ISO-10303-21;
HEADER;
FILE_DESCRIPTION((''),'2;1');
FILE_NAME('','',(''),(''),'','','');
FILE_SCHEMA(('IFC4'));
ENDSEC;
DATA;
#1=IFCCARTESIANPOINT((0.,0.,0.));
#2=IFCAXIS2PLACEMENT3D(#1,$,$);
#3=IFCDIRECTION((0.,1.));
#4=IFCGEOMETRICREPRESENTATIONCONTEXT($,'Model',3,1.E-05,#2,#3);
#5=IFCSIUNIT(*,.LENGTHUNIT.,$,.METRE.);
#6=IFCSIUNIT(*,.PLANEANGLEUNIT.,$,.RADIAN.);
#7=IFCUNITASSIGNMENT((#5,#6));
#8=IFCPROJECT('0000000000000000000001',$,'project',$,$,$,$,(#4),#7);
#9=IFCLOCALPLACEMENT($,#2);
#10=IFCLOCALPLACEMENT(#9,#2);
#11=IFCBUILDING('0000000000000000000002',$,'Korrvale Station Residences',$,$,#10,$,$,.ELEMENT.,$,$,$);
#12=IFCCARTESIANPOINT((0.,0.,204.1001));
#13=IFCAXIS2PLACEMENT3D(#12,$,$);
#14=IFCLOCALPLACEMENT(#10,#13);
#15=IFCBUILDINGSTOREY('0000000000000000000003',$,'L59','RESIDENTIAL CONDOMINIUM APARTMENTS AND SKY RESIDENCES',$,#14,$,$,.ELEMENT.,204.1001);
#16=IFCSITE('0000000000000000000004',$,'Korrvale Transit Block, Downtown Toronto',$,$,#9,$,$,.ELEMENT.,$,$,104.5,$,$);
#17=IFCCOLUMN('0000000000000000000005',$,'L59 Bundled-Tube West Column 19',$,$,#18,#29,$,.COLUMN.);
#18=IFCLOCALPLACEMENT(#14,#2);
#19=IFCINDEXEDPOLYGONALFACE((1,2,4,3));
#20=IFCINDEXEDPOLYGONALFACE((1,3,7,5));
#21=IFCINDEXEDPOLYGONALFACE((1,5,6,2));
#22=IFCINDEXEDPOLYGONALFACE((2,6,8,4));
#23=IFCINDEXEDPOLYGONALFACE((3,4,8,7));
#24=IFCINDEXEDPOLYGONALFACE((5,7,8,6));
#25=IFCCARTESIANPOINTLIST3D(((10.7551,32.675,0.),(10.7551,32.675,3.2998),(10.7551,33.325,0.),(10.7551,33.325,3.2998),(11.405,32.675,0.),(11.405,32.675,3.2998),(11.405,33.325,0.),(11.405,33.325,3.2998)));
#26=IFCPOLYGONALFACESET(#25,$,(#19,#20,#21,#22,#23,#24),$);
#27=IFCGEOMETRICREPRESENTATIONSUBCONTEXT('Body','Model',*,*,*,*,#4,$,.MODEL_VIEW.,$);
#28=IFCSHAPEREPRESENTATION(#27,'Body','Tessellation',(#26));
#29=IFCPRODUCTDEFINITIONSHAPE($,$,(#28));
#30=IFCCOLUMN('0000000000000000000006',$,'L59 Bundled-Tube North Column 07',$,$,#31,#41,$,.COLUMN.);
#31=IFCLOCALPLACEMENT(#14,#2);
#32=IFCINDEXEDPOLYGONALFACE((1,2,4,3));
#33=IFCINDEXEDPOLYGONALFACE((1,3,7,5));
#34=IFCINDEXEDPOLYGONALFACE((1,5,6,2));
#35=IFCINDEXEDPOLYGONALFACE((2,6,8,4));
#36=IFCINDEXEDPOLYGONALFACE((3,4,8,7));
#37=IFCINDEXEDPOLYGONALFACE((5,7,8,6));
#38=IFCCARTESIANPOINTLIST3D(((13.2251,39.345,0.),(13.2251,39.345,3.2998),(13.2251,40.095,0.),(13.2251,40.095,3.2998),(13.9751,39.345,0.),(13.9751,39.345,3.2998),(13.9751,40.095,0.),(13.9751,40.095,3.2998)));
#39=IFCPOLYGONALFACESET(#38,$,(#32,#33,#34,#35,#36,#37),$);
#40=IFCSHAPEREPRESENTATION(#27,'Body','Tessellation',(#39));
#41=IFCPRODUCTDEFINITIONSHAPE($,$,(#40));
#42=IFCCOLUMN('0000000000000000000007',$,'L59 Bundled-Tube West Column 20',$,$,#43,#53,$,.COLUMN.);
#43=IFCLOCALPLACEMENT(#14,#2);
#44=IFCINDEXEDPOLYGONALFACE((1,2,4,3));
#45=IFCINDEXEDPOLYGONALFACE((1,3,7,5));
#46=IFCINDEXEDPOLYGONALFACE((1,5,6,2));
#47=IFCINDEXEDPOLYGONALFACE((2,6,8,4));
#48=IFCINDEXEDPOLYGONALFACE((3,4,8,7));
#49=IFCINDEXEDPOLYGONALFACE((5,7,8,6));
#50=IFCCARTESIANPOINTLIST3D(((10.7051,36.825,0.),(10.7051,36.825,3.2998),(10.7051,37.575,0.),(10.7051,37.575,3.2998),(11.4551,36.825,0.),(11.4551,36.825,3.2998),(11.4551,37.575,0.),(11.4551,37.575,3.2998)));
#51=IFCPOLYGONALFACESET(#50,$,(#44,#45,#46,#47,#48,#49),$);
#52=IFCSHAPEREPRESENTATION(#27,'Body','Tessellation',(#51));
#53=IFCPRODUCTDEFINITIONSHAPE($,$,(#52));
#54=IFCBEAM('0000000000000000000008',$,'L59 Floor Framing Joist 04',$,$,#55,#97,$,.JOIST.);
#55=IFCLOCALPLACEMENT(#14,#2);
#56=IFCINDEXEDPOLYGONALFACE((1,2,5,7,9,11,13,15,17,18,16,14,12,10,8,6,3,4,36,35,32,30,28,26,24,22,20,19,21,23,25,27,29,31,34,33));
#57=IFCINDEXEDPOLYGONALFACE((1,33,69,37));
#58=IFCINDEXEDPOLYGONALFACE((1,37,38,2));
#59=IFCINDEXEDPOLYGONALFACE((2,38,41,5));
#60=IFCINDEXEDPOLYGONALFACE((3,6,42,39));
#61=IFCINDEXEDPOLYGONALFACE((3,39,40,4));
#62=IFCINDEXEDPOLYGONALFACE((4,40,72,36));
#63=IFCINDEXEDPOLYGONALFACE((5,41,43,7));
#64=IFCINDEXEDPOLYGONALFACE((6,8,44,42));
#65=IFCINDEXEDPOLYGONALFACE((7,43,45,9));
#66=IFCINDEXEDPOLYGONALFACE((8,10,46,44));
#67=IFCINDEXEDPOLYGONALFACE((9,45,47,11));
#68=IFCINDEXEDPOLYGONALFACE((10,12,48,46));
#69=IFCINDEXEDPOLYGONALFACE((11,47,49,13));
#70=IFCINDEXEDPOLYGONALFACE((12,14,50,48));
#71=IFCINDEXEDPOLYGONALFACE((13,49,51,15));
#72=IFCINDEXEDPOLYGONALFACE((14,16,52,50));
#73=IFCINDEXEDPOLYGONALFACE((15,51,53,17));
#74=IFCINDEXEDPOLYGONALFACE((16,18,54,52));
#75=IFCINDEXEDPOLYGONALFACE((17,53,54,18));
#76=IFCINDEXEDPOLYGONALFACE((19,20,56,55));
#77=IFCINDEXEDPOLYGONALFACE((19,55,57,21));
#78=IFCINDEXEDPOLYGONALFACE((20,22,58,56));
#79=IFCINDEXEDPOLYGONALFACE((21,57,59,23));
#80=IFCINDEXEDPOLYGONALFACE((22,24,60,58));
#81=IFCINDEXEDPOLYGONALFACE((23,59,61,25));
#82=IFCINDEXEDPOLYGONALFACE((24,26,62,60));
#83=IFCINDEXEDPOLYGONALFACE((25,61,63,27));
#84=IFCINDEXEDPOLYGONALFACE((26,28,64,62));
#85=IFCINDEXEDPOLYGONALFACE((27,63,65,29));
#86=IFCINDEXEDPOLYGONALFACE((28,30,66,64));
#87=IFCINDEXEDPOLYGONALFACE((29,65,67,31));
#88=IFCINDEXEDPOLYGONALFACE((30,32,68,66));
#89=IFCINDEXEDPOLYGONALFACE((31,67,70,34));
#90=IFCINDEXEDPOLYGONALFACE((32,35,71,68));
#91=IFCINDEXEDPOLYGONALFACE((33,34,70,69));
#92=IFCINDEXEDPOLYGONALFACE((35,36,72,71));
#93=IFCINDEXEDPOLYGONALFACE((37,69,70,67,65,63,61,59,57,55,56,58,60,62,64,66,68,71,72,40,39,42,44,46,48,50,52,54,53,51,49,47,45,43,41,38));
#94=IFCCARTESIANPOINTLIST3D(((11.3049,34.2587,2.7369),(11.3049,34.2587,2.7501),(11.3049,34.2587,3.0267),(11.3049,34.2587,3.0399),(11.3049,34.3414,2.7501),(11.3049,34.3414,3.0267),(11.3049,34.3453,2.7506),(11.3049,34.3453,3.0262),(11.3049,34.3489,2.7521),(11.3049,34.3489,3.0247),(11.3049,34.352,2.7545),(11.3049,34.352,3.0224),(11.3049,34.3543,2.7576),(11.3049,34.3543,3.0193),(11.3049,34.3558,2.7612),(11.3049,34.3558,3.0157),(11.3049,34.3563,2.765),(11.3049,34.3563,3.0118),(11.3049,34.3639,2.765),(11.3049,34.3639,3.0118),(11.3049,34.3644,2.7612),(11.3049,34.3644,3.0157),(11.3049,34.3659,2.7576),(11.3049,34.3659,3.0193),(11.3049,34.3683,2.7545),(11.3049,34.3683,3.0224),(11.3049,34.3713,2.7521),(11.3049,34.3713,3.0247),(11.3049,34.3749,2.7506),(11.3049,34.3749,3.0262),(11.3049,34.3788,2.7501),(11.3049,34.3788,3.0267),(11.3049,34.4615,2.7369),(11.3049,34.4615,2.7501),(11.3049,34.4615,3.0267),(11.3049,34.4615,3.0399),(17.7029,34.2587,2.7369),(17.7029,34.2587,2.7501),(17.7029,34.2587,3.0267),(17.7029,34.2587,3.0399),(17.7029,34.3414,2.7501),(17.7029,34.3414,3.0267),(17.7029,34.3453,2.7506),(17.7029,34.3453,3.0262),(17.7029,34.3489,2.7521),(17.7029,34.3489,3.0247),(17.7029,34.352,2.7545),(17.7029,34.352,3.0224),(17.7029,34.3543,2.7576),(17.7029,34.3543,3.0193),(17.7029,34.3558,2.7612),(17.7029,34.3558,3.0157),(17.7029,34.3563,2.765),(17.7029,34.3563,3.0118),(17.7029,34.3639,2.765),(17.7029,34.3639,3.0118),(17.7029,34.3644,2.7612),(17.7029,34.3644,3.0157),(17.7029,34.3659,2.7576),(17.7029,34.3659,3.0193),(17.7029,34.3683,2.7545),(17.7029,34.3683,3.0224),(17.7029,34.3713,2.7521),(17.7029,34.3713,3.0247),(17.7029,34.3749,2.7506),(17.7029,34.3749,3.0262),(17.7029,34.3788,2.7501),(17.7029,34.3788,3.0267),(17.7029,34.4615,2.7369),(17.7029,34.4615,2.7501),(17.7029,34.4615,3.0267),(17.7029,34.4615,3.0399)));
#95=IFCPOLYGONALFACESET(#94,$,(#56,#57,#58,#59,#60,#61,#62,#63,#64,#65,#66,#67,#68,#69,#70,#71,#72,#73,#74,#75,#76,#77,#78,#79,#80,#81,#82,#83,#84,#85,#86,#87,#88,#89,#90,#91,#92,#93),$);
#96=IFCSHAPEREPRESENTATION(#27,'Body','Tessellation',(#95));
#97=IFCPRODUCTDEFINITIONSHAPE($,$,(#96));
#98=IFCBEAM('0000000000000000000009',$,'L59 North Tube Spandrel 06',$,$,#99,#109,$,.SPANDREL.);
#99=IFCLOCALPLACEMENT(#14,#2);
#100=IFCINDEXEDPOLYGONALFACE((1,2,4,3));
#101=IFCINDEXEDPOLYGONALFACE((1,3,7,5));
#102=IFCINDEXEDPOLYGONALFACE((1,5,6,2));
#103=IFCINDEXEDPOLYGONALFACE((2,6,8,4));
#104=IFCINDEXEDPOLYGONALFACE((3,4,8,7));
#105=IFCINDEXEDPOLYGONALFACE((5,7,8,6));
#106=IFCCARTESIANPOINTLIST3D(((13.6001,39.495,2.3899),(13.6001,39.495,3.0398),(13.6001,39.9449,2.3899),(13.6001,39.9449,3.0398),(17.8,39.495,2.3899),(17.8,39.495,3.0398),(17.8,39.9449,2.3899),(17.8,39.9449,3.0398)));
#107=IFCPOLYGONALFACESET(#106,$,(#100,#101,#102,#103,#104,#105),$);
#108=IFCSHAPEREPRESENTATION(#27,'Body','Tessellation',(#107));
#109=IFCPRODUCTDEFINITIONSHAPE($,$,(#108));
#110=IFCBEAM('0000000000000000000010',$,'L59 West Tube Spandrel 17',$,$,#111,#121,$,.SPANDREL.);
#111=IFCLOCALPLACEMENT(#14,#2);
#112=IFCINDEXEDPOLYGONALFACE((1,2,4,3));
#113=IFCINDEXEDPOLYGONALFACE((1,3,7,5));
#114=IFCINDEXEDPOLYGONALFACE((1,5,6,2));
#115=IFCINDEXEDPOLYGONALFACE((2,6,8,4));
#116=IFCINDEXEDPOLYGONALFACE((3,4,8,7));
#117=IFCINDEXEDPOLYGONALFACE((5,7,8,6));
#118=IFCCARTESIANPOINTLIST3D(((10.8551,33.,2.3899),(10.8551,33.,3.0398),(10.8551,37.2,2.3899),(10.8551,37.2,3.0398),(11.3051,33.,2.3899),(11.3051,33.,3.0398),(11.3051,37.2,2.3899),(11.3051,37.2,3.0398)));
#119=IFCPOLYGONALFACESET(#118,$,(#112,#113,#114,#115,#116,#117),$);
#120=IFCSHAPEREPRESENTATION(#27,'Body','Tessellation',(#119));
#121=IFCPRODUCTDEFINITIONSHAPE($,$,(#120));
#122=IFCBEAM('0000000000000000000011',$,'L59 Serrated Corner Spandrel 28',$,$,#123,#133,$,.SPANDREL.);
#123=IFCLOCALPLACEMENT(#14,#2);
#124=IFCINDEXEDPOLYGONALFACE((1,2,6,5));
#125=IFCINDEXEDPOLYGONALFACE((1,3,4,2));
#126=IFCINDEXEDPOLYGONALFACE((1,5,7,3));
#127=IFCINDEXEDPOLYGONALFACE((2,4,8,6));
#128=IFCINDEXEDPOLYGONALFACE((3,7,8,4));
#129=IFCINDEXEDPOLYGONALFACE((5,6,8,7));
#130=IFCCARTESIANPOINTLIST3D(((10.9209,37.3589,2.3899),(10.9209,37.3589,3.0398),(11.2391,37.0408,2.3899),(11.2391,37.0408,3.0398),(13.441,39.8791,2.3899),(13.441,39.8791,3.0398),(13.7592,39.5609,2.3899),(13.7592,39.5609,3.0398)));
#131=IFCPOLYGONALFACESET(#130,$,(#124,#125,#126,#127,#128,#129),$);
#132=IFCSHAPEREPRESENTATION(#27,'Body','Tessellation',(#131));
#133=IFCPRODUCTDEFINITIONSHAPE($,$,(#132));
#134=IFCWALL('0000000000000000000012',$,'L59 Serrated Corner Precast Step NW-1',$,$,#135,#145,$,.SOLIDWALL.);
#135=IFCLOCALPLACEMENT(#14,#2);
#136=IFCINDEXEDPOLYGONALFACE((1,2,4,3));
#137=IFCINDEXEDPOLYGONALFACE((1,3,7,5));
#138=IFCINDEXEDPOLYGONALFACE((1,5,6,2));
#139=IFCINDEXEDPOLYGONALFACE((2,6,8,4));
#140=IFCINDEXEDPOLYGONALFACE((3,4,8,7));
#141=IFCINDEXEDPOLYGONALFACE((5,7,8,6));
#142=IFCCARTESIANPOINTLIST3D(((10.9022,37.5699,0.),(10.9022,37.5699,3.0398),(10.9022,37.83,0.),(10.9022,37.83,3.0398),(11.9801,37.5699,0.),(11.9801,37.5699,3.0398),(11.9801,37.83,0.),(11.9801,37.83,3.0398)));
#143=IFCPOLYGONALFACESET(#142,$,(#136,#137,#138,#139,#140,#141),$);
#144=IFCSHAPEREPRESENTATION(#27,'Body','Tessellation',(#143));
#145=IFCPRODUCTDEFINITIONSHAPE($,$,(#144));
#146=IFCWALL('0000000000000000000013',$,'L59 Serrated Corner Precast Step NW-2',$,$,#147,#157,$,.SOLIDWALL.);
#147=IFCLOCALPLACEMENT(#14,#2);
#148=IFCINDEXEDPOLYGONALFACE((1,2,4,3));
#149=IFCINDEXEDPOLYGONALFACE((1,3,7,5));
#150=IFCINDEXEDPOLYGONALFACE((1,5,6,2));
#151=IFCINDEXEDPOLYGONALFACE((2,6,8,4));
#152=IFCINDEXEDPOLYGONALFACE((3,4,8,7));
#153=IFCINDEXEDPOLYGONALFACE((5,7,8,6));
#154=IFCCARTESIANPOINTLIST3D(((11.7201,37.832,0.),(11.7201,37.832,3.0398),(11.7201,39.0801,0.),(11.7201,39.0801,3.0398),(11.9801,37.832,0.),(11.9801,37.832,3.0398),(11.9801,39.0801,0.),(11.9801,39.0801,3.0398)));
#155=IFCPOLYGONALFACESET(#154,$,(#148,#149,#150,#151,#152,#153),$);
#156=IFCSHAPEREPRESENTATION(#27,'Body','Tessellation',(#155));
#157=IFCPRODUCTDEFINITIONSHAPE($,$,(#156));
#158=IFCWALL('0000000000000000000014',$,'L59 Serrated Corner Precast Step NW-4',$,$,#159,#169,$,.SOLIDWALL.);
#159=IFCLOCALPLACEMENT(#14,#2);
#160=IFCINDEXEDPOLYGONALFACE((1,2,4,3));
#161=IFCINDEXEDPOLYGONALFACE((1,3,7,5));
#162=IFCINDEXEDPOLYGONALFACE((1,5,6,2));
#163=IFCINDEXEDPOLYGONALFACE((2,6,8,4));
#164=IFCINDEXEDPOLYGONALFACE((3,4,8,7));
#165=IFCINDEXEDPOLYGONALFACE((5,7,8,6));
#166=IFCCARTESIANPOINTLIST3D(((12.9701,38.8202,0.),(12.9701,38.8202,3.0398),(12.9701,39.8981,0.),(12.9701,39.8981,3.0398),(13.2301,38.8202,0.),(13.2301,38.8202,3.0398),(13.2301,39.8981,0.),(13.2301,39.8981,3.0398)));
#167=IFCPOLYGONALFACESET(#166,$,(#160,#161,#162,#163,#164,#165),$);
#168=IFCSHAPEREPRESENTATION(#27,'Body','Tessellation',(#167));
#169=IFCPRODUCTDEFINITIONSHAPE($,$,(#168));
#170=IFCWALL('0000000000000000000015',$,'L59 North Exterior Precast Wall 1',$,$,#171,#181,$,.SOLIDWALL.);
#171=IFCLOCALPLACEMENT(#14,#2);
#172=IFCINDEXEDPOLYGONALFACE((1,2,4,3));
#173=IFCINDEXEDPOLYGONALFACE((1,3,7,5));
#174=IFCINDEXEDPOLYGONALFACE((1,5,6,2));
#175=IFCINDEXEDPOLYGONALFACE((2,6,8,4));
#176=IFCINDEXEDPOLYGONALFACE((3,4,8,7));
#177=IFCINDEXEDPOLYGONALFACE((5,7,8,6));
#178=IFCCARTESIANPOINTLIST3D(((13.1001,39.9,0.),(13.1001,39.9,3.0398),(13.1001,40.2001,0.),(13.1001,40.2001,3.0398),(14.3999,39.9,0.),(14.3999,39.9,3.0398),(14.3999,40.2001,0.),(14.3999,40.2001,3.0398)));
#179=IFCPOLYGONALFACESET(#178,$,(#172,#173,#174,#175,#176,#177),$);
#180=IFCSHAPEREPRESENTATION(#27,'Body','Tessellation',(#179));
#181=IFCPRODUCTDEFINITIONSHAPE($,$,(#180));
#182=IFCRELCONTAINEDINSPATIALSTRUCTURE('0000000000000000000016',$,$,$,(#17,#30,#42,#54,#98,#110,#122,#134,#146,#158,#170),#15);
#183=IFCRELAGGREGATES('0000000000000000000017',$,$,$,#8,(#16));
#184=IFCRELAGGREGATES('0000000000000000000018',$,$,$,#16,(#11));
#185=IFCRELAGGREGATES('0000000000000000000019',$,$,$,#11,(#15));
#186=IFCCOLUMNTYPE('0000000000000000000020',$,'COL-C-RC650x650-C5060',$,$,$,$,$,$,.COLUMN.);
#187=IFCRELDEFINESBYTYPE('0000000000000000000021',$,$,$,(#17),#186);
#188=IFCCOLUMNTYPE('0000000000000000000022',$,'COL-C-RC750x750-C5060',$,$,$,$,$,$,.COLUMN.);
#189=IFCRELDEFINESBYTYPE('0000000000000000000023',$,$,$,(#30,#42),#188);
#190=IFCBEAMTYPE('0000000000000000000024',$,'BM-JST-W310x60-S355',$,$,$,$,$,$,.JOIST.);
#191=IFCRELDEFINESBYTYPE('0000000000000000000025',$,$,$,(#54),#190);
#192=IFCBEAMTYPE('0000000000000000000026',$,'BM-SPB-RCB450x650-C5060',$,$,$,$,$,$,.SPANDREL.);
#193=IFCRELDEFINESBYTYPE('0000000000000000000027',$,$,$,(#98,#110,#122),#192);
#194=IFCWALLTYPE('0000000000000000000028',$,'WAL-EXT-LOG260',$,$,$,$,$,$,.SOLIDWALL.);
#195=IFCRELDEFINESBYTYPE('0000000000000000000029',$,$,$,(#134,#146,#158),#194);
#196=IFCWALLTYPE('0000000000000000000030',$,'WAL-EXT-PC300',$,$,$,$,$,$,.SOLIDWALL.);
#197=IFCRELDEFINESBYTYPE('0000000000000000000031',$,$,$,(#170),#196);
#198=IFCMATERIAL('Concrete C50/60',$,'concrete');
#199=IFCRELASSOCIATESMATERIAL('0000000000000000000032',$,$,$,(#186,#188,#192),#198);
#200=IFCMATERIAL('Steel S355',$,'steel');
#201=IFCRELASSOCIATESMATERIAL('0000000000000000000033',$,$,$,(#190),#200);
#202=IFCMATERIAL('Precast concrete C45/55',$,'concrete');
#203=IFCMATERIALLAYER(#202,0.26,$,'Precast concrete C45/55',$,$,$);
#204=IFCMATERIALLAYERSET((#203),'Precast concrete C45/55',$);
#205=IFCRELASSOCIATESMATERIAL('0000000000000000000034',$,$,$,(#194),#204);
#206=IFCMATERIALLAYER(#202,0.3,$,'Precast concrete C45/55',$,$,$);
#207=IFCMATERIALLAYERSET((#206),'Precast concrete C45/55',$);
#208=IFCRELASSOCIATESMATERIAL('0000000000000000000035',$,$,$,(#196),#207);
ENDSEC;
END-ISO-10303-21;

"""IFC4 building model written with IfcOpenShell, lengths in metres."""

from ifc_helpers import new_model, si_unit, direction, frame, frame_2d, origin, origin_2d, place, context, subcontext, project, spatial, rectangle, i_section, extrude, material, layer, layer_set, material_profile, profile_set, type_object, element, save


model = new_model("IFC4")

# Units and contexts
model_context = context("Model", 3, precision=1e-05, world=origin(), true_north=direction((0.0, 1.0)))
body_context = subcontext(model_context, "Body", "Model", "MODEL_VIEW")
ifc_project = project(units=[si_unit("LENGTHUNIT", "METRE"), si_unit("PLANEANGLEUNIT", "RADIAN")], contexts=[model_context])

# Site, building, storey
site_placement = place(None, origin())
site = spatial("IfcSite", under=ifc_project, at=site_placement, Name="Korrvale Transit Block, Downtown Toronto", CompositionType="ELEMENT", RefElevation=104.5)
building_placement = place(site_placement, origin())
building = spatial("IfcBuilding", under=site, at=building_placement, Name="Korrvale Station Residences", CompositionType="ELEMENT")
storey_placement = place(building_placement, frame((0.0, 0.0, 204.1001)))
storey = spatial("IfcBuildingStorey", under=building, at=storey_placement, Name="L59", Description="RESIDENTIAL CONDOMINIUM APARTMENTS AND SKY RESIDENCES", CompositionType="ELEMENT", Elevation=204.1001)

# Columns
ifc_material_1 = material(Name="Concrete C50/60", Category="concrete")
ifc_material_profile_1 = material_profile(ifc_material_1, rectangle(XDim=0.6499, YDim=0.6499, at=origin_2d()), Name="RC650x650")
ifc_profile_set_1 = profile_set([ifc_material_profile_1], Name="Concrete C50/60")
column_type_1 = type_object("IfcColumnType", Name="COL-C-RC650x650-C5060", PredefinedType="COLUMN", material=ifc_profile_set_1)
column_placement = place(storey_placement, frame((11.0801, 33.0, 0.0), z_axis=(0.0, 0.0, 1.0), x_axis=(1.0, 0.0, 0.0)))
element("IfcColumn", 1, at=column_placement, inside=storey, type_object=column_type_1, Name="L59 Bundled-Tube West Column 19", PredefinedType="COLUMN", context=body_context, shape_type="SweptSolid", body=[
    extrude(rectangle(XDim=0.6499, YDim=0.6499, at=origin_2d()), origin(), (0.0, 0.0, 1.0), 3.2998),
])
ifc_material_profile_2 = material_profile(ifc_material_1, rectangle(XDim=0.75, YDim=0.75, at=origin_2d()), Name="RC750x750")
ifc_profile_set_2 = profile_set([ifc_material_profile_2], Name="Concrete C50/60")
column_type_2 = type_object("IfcColumnType", Name="COL-C-RC750x750-C5060", PredefinedType="COLUMN", material=ifc_profile_set_2)
for number, where, z_axis, x_axis, name in (
    (2, (13.6001, 39.72, 0.0), (0.0, 0.0, 1.0), (1.0, 0.0, 0.0), "L59 Bundled-Tube North Column 07"),
    (3, (11.0801, 37.2, 0.0), (0.0, 0.0, 1.0), (1.0, 0.0, 0.0), "L59 Bundled-Tube West Column 20"),
):
    element("IfcColumn", number, at=place(storey_placement, frame(where, z_axis=z_axis, x_axis=x_axis)), inside=storey, type_object=column_type_2, Name=name, PredefinedType="COLUMN", context=body_context, shape_type="SweptSolid", body=[
        extrude(rectangle(XDim=0.75, YDim=0.75, at=origin_2d()), origin(), (0.0, 0.0, 1.0), 3.2998),
    ])

# Beams
ifc_material_2 = material(Name="Steel S355", Category="steel")
ifc_material_profile_3 = material_profile(ifc_material_2, i_section(OverallWidth=0.2029, OverallDepth=0.303, WebThickness=0.0076, FlangeThickness=0.0132, FilletRadius=0.0149, at=origin_2d()), Name="W310x60")
ifc_profile_set_3 = profile_set([ifc_material_profile_3], Name="Steel S355")
beam_type_1 = type_object("IfcBeamType", Name="BM-JST-W310x60-S355", PredefinedType="JOIST", material=ifc_profile_set_3)
beam_1_placement = place(storey_placement, frame((11.3049, 34.3601, 2.8884), z_axis=(1.0, 0.0, 0.0), x_axis=(0.0, 1.0, 0.0)))
element("IfcBeam", 4, at=beam_1_placement, inside=storey, type_object=beam_type_1, Name="L59 Floor Framing Joist 04", PredefinedType="JOIST", context=body_context, shape_type="SweptSolid", body=[
    extrude(i_section(OverallWidth=0.2029, OverallDepth=0.303, WebThickness=0.0076, FlangeThickness=0.0132, FilletRadius=0.0149, at=origin_2d()), origin(), (0.0, 0.0, 1.0), 6.3979),
])
ifc_material_profile_4 = material_profile(ifc_material_1, rectangle(XDim=0.45, YDim=0.6499, at=origin_2d()), Name="RCB450x650")
ifc_profile_set_4 = profile_set([ifc_material_profile_4], Name="Concrete C50/60")
beam_type_2 = type_object("IfcBeamType", Name="BM-SPB-RCB450x650-C5060", PredefinedType="SPANDREL", material=ifc_profile_set_4)
for number, where, z_axis, x_axis, name in (
    (5, (13.6001, 39.72, 2.7148), (1.0, 0.0, 0.0), (0.0, 1.0, 0.0), "L59 North Tube Spandrel 06"),
    (6, (11.0801, 33.0, 2.7148), (0.0, 1.0, 0.0), (-1.0, 0.0, 0.0), "L59 West Tube Spandrel 17"),
):
    element("IfcBeam", number, at=place(storey_placement, frame(where, z_axis=z_axis, x_axis=x_axis)), inside=storey, type_object=beam_type_2, Name=name, PredefinedType="SPANDREL", context=body_context, shape_type="SweptSolid", body=[
        extrude(rectangle(XDim=0.45, YDim=0.6499, at=origin_2d()), origin(), (0.0, 0.0, 1.0), 4.2),
    ])
beam_2_placement = place(storey_placement, frame((13.6001, 39.72, 2.7148), z_axis=(-0.707107, -0.707107, 0.0), x_axis=(0.707107, -0.707107, 0.0)))
element("IfcBeam", 7, at=beam_2_placement, inside=storey, type_object=beam_type_2, Name="L59 Serrated Corner Spandrel 28", PredefinedType="SPANDREL", context=body_context, shape_type="SweptSolid", body=[
    extrude(rectangle(XDim=0.45, YDim=0.6499, at=origin_2d()), origin(), (0.0, 0.0, 1.0), 3.564),
])

# Walls
ifc_material_3 = material(Name="Precast concrete C45/55", Category="concrete")
ifc_layer_1 = layer(ifc_material_3, 0.26, Name="Precast concrete C45/55")
ifc_layer_set_1 = layer_set([ifc_layer_1], Name="Precast concrete C45/55")
wall_type_1 = type_object("IfcWallType", Name="WAL-EXT-LOG260", PredefinedType="SOLIDWALL", material=ifc_layer_set_1)
wall_1_placement = place(storey_placement, frame((10.9021, 37.7, 0.0), z_axis=(0.0, 0.0, 1.0), x_axis=(1.0, 0.0, 0.0)))
element("IfcWall", 8, at=wall_1_placement, inside=storey, type_object=wall_type_1, Name="L59 Serrated Corner Precast Step NW-1", PredefinedType="SOLIDWALL", context=body_context, shape_type="SweptSolid", body=[
    extrude(rectangle(XDim=1.0779, YDim=0.26, at=frame_2d((0.5391, 0.0))), origin(), (0.0, 0.0, 1.0), 3.0398),
])
wall_2_placement = place(storey_placement, frame((11.8501, 37.832, 0.0), z_axis=(0.0, 0.0, 1.0), x_axis=(0.0, 1.0, 0.0)))
element("IfcWall", 9, at=wall_2_placement, inside=storey, type_object=wall_type_1, Name="L59 Serrated Corner Precast Step NW-2", PredefinedType="SOLIDWALL", context=body_context, shape_type="SweptSolid", body=[
    extrude(rectangle(XDim=1.248, YDim=0.26, at=frame_2d((0.624, 0.0))), origin(), (0.0, 0.0, 1.0), 3.0398),
])
wall_3_placement = place(storey_placement, frame((13.1001, 38.8201, 0.0), z_axis=(0.0, 0.0, 1.0), x_axis=(0.0, 1.0, 0.0)))
element("IfcWall", 10, at=wall_3_placement, inside=storey, type_object=wall_type_1, Name="L59 Serrated Corner Precast Step NW-4", PredefinedType="SOLIDWALL", context=body_context, shape_type="SweptSolid", body=[
    extrude(rectangle(XDim=1.0779, YDim=0.26, at=frame_2d((0.5391, 0.0))), origin(), (0.0, 0.0, 1.0), 3.0398),
])
ifc_layer_2 = layer(ifc_material_3, 0.3, Name="Precast concrete C45/55")
ifc_layer_set_2 = layer_set([ifc_layer_2], Name="Precast concrete C45/55")
wall_type_2 = type_object("IfcWallType", Name="WAL-EXT-PC300", PredefinedType="SOLIDWALL", material=ifc_layer_set_2)
wall_4_placement = place(storey_placement, frame((13.1001, 40.05, 0.0), z_axis=(0.0, 0.0, 1.0), x_axis=(1.0, 0.0, 0.0)))
element("IfcWall", 11, at=wall_4_placement, inside=storey, type_object=wall_type_2, Name="L59 North Exterior Precast Wall 1", PredefinedType="SOLIDWALL", context=body_context, shape_type="SweptSolid", body=[
    extrude(rectangle(XDim=1.2998, YDim=0.3, at=frame_2d((0.6499, 0.0))), origin(), (0.0, 0.0, 1.0), 3.0398),
])

save(model, "model.ifc")
